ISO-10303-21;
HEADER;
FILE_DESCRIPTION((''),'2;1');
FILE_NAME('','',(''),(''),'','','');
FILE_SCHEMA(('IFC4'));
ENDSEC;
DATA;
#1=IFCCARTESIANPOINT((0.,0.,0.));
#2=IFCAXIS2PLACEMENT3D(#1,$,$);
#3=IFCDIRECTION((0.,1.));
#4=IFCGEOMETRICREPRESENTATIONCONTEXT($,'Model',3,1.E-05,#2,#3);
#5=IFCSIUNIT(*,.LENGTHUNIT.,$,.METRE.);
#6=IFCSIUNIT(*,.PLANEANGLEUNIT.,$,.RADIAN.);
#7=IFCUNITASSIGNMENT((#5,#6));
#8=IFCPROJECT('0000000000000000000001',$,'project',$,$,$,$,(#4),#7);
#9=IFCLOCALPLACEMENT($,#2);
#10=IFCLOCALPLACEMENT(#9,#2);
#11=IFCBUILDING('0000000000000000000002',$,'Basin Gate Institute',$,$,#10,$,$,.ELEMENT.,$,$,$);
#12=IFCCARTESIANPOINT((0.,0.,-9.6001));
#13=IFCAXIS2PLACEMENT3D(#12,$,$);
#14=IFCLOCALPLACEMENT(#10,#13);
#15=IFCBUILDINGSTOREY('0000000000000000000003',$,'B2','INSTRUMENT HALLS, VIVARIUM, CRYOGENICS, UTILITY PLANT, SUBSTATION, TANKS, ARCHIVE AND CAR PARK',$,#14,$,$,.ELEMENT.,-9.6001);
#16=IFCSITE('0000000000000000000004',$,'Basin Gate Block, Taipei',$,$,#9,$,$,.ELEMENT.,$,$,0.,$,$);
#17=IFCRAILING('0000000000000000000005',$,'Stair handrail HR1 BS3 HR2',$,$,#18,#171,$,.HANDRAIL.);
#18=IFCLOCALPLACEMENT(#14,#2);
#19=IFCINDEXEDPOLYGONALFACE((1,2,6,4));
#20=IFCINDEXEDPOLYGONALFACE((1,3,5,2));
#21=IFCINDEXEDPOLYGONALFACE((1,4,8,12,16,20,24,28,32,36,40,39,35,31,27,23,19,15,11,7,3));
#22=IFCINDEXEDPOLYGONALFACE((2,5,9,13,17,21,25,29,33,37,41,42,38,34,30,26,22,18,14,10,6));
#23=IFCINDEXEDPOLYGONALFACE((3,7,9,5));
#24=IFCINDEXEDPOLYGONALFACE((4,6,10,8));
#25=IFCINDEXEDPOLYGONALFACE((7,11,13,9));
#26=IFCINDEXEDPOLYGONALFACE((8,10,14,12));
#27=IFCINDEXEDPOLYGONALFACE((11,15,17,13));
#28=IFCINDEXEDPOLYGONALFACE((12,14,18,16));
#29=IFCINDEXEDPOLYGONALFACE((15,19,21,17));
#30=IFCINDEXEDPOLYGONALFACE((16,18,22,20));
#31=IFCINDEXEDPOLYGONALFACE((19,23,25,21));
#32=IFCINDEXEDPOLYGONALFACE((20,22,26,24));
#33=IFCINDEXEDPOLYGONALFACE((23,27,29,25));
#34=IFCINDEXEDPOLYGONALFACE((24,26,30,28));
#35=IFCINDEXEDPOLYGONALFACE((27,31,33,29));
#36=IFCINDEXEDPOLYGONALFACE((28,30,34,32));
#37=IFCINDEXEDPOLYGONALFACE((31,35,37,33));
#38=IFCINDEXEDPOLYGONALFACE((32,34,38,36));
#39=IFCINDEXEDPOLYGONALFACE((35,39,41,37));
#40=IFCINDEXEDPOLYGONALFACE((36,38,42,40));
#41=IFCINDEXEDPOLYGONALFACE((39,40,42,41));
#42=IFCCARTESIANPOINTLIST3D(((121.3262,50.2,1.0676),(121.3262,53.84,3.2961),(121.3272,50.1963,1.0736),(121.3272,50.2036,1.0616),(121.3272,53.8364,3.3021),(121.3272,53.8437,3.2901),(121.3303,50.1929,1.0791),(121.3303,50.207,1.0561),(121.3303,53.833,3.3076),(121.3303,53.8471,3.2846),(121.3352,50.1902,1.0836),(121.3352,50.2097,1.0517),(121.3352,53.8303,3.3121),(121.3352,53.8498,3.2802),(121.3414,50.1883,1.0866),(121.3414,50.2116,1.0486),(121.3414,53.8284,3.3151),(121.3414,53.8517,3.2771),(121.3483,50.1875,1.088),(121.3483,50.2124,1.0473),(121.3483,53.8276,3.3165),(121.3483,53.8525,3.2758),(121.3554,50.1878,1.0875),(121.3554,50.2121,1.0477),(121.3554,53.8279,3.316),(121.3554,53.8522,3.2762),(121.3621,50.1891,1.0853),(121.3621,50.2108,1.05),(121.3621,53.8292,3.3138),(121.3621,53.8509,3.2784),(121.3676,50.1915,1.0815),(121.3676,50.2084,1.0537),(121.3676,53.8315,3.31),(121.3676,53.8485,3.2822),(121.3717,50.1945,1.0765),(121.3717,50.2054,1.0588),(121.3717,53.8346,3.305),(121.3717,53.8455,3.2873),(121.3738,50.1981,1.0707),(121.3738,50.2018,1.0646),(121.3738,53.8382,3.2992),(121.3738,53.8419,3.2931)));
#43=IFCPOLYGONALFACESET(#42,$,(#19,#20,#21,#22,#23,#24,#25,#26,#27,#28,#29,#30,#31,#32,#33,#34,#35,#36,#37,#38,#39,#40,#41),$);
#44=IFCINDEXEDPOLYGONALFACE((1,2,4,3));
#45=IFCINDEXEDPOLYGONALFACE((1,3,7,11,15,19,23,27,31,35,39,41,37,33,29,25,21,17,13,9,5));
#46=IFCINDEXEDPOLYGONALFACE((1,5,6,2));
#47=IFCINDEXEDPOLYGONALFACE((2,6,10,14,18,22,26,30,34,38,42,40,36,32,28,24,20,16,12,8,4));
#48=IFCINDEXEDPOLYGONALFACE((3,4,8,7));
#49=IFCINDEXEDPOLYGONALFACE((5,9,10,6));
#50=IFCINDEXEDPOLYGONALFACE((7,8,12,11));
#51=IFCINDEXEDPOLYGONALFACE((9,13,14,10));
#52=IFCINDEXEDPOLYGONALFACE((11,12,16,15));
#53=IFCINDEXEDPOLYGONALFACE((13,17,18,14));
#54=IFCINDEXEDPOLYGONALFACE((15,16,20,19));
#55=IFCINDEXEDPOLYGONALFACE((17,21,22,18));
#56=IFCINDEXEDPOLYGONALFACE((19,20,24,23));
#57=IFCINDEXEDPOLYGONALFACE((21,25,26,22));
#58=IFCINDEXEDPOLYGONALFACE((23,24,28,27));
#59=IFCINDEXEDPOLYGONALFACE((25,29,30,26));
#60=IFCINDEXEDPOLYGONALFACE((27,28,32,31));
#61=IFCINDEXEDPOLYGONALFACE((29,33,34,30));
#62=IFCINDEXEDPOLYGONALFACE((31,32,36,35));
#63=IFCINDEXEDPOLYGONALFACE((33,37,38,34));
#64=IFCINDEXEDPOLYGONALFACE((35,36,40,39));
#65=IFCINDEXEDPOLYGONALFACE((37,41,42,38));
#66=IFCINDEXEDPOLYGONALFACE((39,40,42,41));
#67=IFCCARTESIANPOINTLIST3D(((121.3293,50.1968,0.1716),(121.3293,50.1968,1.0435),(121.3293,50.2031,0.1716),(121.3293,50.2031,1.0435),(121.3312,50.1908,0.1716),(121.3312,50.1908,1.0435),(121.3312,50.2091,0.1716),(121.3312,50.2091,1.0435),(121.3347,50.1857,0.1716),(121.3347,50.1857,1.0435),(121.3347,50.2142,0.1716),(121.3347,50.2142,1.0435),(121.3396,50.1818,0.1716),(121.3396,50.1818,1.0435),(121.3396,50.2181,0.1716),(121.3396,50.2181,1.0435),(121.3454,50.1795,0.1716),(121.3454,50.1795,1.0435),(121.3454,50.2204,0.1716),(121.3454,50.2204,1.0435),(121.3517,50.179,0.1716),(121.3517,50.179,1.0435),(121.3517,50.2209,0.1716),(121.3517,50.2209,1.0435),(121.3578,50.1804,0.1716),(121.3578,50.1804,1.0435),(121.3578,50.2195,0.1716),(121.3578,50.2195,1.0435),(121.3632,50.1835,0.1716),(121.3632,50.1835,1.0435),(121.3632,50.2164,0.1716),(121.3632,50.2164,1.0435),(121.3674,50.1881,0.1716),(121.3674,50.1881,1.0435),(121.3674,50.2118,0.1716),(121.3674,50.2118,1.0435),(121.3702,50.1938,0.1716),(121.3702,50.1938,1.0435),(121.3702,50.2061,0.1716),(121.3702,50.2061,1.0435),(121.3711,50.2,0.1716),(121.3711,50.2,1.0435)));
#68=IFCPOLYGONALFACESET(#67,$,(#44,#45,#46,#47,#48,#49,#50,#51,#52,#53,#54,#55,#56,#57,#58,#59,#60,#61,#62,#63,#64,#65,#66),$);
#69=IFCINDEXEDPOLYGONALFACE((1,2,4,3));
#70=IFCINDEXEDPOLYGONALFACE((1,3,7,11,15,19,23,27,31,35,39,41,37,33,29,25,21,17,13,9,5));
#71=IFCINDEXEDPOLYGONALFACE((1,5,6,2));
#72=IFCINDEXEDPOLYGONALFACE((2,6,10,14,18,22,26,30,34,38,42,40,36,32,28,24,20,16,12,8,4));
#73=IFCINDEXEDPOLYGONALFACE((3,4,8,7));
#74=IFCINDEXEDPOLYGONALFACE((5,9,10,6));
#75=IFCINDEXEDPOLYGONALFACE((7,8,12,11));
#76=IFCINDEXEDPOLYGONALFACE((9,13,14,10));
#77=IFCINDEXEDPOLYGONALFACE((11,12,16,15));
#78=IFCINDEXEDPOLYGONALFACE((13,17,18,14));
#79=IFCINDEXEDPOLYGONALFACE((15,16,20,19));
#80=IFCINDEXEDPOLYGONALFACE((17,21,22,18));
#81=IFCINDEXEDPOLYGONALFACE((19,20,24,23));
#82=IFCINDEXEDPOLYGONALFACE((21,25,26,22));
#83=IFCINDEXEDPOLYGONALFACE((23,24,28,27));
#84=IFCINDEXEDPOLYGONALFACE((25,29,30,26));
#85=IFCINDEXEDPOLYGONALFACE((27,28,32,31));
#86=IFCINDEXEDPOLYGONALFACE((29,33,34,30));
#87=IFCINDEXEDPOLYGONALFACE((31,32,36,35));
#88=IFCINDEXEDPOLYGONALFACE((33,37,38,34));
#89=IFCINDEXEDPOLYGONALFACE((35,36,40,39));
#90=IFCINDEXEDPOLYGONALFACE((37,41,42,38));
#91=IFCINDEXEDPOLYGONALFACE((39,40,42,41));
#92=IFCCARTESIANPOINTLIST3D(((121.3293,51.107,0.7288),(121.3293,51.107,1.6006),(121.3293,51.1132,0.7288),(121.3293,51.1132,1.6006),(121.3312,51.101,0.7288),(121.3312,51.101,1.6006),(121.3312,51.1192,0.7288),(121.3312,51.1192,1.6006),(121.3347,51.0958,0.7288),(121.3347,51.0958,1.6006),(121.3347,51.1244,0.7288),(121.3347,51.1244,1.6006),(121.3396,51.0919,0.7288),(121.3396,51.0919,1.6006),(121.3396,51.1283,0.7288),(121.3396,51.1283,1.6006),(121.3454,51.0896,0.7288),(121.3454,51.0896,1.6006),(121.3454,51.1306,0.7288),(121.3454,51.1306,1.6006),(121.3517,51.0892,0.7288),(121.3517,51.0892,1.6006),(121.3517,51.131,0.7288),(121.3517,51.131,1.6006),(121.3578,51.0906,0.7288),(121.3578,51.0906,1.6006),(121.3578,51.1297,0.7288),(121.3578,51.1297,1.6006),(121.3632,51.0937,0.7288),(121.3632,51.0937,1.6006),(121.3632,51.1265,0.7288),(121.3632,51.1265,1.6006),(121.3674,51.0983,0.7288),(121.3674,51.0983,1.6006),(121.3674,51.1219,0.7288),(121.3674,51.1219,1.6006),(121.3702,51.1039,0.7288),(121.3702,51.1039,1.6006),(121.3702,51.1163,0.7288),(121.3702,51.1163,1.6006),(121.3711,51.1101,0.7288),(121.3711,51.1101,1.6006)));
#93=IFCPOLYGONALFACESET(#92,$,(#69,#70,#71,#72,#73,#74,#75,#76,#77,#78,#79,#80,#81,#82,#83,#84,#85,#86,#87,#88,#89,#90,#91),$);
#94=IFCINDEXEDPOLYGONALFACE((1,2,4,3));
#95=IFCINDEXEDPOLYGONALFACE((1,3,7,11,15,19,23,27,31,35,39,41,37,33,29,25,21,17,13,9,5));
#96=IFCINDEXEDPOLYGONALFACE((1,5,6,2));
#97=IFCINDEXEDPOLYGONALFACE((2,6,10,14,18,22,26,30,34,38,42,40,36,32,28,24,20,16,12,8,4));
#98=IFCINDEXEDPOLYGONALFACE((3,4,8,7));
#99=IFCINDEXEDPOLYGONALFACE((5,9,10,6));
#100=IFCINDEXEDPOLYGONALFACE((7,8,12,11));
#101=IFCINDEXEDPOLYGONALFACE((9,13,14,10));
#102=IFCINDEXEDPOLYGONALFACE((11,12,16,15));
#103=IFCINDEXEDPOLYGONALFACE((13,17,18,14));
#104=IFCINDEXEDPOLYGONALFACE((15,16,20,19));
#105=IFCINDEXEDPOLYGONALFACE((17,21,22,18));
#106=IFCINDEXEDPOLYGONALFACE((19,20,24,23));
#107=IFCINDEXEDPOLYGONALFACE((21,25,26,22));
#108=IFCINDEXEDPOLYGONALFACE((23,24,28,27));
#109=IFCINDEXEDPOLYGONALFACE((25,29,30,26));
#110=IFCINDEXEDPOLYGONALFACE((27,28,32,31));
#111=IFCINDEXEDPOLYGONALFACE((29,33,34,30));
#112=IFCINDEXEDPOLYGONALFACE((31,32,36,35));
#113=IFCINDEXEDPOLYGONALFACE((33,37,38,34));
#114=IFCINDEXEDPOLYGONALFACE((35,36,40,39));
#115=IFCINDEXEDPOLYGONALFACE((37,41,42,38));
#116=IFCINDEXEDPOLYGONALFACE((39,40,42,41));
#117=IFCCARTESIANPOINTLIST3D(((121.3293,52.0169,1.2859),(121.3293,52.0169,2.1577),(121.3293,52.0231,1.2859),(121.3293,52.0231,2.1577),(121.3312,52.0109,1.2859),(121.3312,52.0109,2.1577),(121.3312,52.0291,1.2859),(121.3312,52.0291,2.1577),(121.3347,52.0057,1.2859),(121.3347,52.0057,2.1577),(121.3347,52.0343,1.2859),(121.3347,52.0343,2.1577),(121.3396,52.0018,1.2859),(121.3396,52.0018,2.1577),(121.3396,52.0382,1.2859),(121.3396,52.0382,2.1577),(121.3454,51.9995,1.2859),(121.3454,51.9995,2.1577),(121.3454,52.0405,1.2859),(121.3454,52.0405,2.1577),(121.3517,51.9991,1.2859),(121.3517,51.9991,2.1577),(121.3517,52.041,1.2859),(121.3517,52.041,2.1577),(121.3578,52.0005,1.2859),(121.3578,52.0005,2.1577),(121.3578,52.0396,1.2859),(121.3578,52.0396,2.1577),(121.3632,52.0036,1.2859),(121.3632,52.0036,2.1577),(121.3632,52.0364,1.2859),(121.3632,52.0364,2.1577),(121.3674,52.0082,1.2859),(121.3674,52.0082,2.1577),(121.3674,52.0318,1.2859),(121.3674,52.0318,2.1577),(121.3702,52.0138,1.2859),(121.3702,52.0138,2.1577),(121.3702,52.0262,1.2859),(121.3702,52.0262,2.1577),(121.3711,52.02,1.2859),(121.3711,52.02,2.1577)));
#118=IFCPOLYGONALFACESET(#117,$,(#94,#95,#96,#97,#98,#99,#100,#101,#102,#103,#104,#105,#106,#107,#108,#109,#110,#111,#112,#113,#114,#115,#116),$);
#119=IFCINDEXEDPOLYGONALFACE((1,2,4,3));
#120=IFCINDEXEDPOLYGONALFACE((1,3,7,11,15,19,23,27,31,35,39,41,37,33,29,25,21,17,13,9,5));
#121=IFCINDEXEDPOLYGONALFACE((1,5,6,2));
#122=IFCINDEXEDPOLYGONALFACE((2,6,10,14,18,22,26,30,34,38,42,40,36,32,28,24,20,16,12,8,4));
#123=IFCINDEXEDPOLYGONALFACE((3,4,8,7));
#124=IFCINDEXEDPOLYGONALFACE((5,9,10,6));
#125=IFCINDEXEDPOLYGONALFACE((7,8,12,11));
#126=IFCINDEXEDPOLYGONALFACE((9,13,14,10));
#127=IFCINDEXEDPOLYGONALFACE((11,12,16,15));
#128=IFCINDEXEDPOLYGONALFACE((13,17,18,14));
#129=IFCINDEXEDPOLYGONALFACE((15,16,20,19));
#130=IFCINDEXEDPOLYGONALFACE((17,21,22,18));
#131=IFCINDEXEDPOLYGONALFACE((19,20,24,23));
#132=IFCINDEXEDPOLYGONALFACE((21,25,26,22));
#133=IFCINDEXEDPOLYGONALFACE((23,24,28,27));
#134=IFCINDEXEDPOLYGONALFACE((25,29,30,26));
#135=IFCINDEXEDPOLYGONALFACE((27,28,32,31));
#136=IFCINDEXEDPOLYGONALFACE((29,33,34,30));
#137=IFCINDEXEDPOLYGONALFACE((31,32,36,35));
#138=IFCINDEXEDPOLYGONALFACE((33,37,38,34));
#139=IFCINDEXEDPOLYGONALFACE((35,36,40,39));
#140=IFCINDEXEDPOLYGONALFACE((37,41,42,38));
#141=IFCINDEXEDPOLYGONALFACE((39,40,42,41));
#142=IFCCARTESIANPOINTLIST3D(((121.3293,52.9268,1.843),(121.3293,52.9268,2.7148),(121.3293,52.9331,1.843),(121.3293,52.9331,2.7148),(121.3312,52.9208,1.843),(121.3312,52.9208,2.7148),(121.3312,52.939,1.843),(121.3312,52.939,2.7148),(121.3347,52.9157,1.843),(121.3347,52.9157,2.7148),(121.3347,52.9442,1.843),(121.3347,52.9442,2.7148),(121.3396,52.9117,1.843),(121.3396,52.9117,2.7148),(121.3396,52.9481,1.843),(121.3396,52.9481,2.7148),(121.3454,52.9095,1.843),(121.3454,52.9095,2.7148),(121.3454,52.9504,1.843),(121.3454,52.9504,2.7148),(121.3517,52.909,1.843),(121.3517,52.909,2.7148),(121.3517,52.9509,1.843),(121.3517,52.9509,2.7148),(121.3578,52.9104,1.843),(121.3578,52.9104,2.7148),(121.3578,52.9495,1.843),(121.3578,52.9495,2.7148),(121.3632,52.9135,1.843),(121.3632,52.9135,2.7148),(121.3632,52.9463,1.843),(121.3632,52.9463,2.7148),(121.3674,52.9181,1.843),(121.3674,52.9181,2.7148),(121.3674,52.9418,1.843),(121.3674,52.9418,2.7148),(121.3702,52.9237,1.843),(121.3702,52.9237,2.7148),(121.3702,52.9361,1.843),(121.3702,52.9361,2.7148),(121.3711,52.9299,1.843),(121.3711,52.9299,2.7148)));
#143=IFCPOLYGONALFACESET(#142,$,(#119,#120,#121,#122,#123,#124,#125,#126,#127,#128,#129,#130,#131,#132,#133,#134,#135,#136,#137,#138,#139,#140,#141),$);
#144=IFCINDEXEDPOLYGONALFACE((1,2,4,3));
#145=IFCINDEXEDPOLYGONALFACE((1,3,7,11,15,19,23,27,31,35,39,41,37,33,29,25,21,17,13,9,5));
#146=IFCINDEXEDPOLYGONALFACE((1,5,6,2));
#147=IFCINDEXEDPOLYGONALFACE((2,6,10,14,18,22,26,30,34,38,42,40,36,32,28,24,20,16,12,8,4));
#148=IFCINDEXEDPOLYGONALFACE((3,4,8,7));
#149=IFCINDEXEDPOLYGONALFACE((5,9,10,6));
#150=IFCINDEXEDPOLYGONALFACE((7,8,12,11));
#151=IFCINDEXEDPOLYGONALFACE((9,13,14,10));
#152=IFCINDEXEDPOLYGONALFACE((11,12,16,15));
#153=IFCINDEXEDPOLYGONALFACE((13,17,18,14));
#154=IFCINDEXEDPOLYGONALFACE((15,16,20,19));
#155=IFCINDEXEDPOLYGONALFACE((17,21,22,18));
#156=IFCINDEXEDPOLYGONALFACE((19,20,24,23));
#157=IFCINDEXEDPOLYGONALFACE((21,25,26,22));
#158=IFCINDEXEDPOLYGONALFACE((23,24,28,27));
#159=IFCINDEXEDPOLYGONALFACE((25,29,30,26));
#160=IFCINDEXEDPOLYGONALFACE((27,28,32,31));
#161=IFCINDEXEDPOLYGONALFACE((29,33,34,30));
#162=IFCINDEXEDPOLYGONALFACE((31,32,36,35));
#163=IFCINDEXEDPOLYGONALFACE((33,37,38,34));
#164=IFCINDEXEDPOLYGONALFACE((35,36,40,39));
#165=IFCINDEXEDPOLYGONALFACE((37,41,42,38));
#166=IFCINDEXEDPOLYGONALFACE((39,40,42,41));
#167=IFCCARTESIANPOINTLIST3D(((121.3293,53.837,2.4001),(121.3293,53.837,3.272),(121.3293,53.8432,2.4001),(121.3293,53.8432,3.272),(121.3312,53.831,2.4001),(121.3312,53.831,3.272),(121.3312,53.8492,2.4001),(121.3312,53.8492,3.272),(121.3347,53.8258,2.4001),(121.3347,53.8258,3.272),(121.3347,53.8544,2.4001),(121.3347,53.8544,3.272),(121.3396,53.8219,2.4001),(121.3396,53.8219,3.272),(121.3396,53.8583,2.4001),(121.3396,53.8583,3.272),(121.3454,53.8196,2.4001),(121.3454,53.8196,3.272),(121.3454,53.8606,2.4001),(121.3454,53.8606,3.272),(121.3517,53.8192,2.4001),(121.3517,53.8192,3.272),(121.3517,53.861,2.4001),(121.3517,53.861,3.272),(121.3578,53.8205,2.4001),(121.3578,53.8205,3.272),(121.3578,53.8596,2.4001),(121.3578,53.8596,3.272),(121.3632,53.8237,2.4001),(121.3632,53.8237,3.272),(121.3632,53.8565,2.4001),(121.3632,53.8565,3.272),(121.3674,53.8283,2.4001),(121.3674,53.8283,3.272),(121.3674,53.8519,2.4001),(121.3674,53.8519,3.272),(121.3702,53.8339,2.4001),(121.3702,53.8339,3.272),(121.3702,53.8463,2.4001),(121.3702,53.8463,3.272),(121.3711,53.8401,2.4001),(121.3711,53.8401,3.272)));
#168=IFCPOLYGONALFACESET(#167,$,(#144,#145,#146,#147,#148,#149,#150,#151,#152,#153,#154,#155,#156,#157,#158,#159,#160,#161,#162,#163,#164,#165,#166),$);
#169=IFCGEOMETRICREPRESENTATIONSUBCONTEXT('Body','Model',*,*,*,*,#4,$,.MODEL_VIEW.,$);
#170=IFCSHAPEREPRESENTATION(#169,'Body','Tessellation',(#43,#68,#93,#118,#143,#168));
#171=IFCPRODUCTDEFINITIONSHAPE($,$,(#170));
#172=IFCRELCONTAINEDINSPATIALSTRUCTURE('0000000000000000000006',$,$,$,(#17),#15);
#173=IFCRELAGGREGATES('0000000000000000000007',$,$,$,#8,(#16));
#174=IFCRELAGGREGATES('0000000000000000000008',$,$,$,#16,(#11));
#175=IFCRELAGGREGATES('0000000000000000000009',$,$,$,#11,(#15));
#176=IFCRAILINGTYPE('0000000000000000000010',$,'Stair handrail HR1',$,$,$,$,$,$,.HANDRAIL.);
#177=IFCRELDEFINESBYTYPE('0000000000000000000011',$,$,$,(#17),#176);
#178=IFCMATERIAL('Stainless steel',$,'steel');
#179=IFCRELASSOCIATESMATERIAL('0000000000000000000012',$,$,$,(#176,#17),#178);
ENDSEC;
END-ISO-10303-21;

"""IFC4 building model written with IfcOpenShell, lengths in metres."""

from ifc_helpers import new_model, si_unit, direction, frame, origin, origin_2d, place, context, subcontext, project, spatial, circle, extrude, material, type_object, element, save


model = new_model("IFC4")

# Units and contexts
model_context = context("Model", 3, precision=1e-05, world=origin(), true_north=direction((0.0, 1.0)))
body_context = subcontext(model_context, "Body", "Model", "MODEL_VIEW")
ifc_project = project(units=[si_unit("LENGTHUNIT", "METRE"), si_unit("PLANEANGLEUNIT", "RADIAN")], contexts=[model_context])

# Site, building, storey
site_placement = place(None, origin())
site = spatial("IfcSite", under=ifc_project, at=site_placement, Name="Basin Gate Block, Taipei", CompositionType="ELEMENT", RefElevation=0.0)
building_placement = place(site_placement, origin())
building = spatial("IfcBuilding", under=site, at=building_placement, Name="Basin Gate Institute", CompositionType="ELEMENT")
storey_placement = place(building_placement, frame((0.0, 0.0, -9.6001)))
storey = spatial("IfcBuildingStorey", under=building, at=storey_placement, Name="B2", Description="INSTRUMENT HALLS, VIVARIUM, CRYOGENICS, UTILITY PLANT, SUBSTATION, TANKS, ARCHIVE AND CAR PARK", CompositionType="ELEMENT", Elevation=-9.6001)

# Railing
ifc_material_1 = material(Name="Stainless steel", Category="steel")
railing_type_1 = type_object("IfcRailingType", Name="Stair handrail HR1", PredefinedType="HANDRAIL", material=ifc_material_1)
for number, where, name in (
    (1, (121.3501, 50.2, 0.1716), "Stair handrail HR1 BS3 HR2"),
):
    element("IfcRailing", number, at=place(storey_placement, frame(where)), inside=storey, type_object=railing_type_1, material=ifc_material_1, Name=name, PredefinedType="HANDRAIL", context=body_context, shape_type="SweptSolid", body=[
        extrude(circle(Radius=0.0239, at=origin_2d()), frame((0.0, 0.0, 0.896), z_axis=(0.0, 0.852866, 0.52213), x_axis=(-1.0, 0.0, 0.0)), (0.0, 0.0, 1.0), 4.2681),
        extrude(circle(Radius=0.021, at=origin_2d()), origin(), (0.0, 0.0, 1.0), 0.8718),
        extrude(circle(Radius=0.021, at=origin_2d()), frame((0.0, 0.9102, 0.5571)), (0.0, 0.0, 1.0), 0.8718),
        extrude(circle(Radius=0.021, at=origin_2d()), frame((0.0, 1.8201, 1.1143)), (0.0, 0.0, 1.0), 0.8718),
        extrude(circle(Radius=0.021, at=origin_2d()), frame((0.0, 2.73, 1.6714)), (0.0, 0.0, 1.0), 0.8718),
        extrude(circle(Radius=0.021, at=origin_2d()), frame((0.0, 3.6401, 2.2285)), (0.0, 0.0, 1.0), 0.8718),
    ])

save(model, "model.ifc")
